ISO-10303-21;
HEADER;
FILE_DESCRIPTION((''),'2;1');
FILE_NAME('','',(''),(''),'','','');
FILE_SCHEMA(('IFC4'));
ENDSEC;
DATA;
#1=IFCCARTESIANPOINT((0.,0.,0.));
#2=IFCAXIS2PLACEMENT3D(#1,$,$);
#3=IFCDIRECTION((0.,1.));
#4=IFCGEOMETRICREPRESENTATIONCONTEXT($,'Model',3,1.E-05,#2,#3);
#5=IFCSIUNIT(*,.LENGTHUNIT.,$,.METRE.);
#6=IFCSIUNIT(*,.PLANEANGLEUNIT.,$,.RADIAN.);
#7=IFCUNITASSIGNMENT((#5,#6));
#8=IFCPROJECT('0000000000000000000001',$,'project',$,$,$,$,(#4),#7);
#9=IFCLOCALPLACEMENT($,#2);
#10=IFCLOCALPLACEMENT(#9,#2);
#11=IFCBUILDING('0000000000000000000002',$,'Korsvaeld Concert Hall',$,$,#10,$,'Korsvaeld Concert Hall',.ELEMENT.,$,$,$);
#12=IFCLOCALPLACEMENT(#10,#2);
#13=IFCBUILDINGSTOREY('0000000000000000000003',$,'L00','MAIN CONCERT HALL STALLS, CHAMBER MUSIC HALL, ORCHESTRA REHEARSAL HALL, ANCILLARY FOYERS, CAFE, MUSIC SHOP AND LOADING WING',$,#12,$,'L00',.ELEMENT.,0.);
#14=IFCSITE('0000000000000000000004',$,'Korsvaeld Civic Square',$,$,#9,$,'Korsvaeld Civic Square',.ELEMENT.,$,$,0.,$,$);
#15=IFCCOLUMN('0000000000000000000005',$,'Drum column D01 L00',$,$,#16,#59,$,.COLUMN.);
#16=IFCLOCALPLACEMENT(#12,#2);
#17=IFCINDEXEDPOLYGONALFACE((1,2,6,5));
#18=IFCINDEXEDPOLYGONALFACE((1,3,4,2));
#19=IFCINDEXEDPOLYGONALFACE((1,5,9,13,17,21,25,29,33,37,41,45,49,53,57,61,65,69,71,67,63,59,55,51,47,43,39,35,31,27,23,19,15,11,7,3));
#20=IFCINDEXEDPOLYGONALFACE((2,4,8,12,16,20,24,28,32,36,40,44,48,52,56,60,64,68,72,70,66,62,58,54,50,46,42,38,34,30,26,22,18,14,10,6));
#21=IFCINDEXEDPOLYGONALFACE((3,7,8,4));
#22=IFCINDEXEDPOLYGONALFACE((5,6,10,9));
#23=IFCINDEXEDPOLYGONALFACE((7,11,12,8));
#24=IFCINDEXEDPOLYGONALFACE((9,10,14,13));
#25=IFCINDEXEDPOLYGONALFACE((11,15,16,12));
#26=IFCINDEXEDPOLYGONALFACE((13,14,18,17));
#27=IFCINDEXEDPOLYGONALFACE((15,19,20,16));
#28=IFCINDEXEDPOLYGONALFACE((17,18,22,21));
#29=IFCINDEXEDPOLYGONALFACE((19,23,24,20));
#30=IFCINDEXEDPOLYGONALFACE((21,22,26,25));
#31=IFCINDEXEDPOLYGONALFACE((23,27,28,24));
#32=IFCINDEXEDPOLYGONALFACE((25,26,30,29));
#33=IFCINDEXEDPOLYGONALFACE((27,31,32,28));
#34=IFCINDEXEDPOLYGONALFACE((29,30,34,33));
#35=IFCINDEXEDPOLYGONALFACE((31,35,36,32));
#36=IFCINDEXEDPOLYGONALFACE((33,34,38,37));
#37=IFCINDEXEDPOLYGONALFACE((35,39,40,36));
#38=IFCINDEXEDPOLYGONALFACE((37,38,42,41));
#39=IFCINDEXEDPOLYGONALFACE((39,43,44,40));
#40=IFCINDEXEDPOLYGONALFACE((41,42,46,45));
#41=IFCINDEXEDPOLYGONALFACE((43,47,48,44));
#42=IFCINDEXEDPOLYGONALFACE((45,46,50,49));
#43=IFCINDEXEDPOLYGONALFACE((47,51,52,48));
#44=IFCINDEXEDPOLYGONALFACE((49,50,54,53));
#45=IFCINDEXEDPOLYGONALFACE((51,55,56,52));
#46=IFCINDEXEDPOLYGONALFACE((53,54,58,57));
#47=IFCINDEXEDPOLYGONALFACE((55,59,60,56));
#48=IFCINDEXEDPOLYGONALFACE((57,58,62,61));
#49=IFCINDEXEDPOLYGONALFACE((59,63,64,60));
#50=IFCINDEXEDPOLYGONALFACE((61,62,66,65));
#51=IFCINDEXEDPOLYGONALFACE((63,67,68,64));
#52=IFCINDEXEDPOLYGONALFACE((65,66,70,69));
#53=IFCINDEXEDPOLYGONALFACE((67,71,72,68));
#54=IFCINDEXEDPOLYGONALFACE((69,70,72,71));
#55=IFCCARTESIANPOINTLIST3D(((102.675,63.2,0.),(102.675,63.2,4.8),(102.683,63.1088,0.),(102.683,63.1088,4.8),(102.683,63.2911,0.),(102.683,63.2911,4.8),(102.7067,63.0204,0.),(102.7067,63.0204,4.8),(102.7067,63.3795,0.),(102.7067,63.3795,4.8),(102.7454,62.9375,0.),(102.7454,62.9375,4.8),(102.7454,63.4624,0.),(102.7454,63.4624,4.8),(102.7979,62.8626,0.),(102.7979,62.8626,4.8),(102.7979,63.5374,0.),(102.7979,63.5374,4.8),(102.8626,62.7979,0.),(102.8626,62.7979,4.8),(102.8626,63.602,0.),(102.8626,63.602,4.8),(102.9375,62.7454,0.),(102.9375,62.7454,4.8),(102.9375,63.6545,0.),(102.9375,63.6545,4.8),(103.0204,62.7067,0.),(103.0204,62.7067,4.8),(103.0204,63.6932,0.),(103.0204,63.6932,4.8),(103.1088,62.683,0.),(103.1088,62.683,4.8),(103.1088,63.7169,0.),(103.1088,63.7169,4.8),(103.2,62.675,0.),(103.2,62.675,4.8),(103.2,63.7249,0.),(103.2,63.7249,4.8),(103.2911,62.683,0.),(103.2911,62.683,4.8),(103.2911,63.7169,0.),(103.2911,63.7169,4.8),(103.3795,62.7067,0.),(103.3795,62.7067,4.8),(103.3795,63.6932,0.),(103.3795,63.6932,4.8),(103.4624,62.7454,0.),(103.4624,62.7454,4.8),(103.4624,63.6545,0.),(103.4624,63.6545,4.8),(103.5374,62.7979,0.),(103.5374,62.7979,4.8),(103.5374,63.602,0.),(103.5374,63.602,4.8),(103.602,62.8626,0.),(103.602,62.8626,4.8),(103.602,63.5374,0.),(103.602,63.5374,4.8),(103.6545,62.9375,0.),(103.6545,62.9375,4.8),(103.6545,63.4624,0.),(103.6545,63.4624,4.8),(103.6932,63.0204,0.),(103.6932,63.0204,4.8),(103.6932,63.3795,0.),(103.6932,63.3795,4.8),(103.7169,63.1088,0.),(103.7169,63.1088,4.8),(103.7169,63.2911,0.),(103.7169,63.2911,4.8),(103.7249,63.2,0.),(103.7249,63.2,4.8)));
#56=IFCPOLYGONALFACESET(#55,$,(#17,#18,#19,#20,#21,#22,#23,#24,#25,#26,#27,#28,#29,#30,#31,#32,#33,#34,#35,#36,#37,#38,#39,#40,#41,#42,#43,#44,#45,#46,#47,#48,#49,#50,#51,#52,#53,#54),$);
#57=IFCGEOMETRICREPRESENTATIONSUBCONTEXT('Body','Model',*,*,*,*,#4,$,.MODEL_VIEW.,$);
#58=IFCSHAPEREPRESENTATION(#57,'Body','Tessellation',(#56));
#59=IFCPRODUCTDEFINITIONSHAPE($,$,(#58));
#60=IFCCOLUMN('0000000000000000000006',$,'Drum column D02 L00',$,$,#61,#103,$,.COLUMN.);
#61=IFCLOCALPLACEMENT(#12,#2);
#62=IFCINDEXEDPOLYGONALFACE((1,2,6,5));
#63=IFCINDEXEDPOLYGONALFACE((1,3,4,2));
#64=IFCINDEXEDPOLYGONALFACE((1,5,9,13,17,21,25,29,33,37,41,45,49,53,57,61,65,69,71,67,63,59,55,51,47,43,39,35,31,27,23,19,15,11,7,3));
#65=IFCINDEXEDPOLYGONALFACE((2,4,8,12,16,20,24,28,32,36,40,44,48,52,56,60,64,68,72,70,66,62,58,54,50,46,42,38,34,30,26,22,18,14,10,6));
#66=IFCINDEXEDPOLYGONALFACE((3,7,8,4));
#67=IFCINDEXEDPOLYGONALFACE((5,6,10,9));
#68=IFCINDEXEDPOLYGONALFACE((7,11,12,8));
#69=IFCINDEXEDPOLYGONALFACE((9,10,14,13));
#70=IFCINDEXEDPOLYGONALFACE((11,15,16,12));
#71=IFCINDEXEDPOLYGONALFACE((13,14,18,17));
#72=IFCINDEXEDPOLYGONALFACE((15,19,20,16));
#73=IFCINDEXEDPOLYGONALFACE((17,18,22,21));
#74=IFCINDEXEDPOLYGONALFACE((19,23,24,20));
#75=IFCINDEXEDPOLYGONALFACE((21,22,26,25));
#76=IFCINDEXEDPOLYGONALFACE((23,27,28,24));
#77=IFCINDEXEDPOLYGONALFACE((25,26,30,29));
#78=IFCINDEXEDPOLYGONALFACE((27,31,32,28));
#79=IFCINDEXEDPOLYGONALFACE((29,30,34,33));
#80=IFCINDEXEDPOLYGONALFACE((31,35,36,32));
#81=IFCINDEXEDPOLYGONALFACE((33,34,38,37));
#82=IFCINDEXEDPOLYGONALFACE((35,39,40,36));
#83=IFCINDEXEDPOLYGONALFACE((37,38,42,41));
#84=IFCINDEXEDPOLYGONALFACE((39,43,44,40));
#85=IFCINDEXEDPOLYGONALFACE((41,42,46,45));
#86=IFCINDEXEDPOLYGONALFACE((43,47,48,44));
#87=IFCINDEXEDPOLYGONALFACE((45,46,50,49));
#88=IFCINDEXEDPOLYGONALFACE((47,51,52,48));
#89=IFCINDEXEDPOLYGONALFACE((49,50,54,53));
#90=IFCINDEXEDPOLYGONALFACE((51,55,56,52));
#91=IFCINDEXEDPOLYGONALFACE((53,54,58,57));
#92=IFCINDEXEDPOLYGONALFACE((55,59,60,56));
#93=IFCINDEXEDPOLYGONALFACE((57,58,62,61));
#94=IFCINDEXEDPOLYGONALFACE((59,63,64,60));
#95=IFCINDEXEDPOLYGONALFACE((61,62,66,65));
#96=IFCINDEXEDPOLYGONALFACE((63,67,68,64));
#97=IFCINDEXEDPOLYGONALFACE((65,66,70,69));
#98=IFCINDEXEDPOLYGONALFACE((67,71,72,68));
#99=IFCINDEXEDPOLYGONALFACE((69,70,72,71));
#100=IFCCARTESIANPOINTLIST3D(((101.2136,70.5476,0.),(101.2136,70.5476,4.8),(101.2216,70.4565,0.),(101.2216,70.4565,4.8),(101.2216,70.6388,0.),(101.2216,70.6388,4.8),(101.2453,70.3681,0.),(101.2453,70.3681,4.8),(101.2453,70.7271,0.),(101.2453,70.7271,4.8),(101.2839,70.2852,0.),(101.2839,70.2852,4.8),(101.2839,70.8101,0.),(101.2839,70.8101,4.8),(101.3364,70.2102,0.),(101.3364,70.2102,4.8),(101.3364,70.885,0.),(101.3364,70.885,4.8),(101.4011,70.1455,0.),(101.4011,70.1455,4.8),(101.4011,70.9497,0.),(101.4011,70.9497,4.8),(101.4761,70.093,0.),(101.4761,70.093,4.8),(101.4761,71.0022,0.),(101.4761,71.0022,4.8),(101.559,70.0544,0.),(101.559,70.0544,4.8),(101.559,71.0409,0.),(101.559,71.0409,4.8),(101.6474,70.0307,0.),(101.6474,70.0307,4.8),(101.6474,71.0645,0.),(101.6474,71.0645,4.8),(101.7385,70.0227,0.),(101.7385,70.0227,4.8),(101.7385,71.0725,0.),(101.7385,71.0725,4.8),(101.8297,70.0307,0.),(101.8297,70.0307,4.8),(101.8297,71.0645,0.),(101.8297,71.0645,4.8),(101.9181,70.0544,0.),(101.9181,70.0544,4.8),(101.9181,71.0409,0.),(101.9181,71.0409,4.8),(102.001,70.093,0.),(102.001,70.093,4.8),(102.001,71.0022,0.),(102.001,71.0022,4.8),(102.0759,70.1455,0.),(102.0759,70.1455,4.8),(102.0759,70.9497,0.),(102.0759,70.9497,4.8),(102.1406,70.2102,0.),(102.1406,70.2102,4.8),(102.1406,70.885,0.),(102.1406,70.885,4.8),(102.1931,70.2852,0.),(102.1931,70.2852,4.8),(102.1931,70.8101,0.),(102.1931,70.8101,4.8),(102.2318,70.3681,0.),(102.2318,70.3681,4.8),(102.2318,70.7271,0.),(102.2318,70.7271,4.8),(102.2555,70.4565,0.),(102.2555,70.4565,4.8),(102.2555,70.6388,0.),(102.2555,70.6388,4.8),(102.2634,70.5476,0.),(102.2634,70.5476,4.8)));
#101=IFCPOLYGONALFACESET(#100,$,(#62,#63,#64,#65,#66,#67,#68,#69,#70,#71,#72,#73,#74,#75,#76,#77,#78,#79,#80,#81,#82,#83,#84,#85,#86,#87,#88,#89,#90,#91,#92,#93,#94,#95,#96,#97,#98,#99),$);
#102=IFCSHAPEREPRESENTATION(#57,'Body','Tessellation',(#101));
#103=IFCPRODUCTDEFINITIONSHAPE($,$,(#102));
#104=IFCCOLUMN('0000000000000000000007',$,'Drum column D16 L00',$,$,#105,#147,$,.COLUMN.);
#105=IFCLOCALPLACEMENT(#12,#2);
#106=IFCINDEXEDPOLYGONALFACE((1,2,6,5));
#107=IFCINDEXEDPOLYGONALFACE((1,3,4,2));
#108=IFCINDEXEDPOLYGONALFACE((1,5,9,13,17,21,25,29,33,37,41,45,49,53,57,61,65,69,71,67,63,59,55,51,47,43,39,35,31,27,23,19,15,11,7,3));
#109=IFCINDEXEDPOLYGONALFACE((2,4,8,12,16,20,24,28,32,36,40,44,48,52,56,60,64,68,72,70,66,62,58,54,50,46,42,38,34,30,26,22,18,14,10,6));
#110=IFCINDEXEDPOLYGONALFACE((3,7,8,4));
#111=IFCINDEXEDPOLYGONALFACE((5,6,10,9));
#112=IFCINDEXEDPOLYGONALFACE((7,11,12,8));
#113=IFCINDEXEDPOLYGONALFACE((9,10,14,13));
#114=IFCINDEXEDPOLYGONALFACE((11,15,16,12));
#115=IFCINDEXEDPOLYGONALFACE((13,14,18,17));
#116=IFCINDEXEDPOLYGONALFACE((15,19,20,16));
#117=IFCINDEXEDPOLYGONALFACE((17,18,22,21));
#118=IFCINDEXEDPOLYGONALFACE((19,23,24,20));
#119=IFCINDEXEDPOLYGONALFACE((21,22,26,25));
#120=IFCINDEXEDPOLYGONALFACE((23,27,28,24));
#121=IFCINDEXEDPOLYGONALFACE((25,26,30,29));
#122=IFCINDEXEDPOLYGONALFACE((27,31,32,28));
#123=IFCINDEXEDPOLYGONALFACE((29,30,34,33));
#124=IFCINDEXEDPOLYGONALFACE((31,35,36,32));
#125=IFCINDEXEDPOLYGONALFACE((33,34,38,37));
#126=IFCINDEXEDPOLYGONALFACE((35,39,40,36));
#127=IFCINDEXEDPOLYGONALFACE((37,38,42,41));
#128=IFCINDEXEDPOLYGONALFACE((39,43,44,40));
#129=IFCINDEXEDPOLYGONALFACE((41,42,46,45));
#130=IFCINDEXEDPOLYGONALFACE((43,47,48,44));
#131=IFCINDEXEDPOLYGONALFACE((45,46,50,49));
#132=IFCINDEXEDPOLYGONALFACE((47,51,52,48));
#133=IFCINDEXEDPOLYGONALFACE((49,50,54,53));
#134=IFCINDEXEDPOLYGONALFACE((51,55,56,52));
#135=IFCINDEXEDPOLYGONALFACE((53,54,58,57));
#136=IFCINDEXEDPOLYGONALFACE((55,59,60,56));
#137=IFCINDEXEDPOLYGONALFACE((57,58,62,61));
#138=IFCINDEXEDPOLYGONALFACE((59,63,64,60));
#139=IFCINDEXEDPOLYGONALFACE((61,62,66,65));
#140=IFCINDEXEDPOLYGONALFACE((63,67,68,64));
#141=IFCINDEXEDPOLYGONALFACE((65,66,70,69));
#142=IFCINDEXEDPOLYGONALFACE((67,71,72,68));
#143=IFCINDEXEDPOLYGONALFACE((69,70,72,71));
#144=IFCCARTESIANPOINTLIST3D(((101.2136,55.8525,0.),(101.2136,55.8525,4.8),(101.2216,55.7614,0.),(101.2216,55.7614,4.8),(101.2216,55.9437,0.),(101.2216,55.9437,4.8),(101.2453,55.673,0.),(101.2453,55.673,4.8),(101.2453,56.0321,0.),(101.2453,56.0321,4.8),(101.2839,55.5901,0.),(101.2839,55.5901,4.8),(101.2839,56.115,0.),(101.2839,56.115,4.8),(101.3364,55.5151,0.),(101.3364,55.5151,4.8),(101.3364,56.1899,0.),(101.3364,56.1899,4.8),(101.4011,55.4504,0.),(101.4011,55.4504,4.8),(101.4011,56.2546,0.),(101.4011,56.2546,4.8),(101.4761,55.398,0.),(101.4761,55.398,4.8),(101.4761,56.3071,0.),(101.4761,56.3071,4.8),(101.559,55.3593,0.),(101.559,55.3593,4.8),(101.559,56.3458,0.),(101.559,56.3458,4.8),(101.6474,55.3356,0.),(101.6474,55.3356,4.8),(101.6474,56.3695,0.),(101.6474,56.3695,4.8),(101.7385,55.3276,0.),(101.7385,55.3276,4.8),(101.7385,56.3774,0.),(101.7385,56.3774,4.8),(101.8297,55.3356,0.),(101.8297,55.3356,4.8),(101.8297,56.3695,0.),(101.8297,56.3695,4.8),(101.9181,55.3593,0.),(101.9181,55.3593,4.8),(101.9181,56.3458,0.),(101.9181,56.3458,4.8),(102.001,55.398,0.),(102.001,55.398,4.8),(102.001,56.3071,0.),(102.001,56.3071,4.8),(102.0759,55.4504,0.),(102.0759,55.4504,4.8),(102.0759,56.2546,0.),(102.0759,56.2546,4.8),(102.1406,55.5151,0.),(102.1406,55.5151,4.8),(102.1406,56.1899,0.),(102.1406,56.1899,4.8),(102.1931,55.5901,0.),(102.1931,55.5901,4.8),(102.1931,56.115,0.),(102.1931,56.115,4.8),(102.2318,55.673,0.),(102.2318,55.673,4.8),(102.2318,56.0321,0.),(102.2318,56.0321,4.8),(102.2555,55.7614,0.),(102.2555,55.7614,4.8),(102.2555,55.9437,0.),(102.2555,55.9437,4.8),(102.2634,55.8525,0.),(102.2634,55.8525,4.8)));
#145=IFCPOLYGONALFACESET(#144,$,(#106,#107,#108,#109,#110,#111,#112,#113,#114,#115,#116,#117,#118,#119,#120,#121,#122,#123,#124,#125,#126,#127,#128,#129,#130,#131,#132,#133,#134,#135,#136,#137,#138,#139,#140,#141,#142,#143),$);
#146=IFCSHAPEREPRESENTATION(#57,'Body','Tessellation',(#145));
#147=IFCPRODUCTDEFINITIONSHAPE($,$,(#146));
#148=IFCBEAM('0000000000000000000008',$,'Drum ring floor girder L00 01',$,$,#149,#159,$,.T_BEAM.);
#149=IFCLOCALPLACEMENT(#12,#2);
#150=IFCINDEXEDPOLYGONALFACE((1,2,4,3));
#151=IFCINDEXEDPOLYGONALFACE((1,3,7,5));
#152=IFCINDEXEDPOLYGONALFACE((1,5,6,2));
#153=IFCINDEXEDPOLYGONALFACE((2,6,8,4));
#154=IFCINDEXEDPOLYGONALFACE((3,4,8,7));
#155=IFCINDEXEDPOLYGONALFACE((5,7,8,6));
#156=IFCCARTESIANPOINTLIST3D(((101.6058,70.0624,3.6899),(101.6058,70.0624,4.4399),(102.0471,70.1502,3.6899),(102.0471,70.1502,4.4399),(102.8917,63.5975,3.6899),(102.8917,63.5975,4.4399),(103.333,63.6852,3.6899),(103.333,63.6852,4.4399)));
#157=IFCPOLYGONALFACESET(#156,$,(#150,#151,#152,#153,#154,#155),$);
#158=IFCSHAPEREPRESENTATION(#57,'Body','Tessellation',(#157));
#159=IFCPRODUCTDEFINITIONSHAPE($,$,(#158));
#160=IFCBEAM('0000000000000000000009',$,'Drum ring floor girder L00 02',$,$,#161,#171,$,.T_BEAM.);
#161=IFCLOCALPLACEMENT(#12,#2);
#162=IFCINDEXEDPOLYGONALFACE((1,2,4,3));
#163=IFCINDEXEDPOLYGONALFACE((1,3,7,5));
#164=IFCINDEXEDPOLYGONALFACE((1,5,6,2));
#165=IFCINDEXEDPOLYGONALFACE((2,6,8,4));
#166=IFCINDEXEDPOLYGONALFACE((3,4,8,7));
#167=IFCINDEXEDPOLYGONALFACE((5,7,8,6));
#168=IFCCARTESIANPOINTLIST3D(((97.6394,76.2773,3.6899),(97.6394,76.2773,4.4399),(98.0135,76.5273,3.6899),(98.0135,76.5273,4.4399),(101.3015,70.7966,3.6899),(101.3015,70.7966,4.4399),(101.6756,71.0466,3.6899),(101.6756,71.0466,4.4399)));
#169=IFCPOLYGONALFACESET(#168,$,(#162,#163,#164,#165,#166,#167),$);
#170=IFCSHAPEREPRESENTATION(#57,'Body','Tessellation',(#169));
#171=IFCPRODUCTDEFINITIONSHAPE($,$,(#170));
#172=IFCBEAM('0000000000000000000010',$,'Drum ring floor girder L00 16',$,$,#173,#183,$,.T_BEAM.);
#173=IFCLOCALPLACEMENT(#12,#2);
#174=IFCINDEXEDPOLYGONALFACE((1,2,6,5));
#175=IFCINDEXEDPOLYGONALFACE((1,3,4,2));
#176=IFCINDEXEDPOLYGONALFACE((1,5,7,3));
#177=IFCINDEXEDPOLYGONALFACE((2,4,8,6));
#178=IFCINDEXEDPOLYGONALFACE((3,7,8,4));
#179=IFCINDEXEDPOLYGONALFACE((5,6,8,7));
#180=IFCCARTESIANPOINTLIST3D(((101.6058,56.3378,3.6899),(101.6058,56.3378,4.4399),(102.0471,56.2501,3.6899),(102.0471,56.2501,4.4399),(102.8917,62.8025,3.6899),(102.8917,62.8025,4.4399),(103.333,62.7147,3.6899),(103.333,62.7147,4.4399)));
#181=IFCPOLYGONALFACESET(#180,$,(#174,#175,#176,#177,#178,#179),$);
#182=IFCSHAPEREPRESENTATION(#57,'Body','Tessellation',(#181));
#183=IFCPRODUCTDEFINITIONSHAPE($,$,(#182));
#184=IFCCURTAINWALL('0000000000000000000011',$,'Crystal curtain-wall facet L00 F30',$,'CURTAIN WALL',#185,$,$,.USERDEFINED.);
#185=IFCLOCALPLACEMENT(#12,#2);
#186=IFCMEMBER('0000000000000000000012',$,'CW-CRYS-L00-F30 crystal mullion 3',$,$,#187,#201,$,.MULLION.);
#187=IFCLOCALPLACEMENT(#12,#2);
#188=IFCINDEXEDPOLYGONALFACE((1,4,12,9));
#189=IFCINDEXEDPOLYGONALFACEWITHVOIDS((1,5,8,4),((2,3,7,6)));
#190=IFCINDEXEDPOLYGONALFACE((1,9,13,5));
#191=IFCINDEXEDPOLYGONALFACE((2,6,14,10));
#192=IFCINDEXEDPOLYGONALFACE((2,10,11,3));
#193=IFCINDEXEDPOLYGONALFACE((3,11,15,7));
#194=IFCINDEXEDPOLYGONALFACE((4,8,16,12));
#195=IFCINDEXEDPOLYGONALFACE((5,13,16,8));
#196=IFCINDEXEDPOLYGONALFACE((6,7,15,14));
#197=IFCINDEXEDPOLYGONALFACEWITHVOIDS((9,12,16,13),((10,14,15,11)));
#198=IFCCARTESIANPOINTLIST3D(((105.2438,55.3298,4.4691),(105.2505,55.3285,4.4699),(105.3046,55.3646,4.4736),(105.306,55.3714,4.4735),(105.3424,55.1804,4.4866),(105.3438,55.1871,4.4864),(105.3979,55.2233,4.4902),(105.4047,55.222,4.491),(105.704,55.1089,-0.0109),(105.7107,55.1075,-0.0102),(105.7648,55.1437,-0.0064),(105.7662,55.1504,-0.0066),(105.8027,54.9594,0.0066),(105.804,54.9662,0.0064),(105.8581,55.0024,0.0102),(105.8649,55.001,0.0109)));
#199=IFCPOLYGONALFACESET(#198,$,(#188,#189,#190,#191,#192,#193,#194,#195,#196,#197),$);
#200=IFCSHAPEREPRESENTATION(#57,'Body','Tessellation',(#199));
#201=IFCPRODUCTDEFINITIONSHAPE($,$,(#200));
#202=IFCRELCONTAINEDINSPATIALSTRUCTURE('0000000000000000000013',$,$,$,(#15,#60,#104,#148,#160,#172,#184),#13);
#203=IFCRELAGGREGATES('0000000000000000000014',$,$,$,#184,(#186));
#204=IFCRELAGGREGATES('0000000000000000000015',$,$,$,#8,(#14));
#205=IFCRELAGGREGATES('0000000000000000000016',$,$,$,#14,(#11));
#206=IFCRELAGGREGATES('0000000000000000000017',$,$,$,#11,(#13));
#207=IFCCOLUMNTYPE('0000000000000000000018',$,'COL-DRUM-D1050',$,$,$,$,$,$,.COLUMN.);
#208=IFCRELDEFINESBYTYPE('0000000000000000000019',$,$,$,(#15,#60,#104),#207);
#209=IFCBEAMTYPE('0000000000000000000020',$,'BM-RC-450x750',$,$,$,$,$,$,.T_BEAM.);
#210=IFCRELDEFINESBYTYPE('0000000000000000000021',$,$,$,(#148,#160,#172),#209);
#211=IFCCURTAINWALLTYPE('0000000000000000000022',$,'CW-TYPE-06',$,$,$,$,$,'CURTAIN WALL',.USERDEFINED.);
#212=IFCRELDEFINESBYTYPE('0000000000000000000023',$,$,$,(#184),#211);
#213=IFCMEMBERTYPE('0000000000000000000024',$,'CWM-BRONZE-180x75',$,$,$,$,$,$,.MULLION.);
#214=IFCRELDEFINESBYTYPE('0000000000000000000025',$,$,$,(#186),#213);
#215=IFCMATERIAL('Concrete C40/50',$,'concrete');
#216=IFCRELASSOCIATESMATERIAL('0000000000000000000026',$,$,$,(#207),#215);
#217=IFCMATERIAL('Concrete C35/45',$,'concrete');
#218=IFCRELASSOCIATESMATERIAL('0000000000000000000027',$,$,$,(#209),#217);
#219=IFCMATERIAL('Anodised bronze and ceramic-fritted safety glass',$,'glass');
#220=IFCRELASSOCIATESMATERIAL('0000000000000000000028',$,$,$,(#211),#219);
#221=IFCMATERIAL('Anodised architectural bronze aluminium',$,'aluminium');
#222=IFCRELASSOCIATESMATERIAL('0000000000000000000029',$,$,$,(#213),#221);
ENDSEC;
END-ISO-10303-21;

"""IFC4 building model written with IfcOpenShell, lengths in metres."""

from ifc_helpers import new_model, si_unit, direction, frame, origin, origin_2d, place, context, subcontext, project, spatial, rectangle, hollow_rectangle, circle, extrude, material, material_profile, profile_set, type_object, element, aggregate, save


model = new_model("IFC4")

# Units and contexts
model_context = context("Model", 3, precision=1e-05, world=origin(), true_north=direction((0.0, 1.0)))
body_context = subcontext(model_context, "Body", "Model", "MODEL_VIEW")
ifc_project = project(units=[si_unit("LENGTHUNIT", "METRE"), si_unit("PLANEANGLEUNIT", "RADIAN")], contexts=[model_context])

# Site, building, storey
site_placement = place(None, origin())
site = spatial("IfcSite", under=ifc_project, at=site_placement, Name="Korsvaeld Civic Square", LongName="Korsvaeld Civic Square", CompositionType="ELEMENT", RefElevation=0.0)
building_placement = place(site_placement, origin())
building = spatial("IfcBuilding", under=site, at=building_placement, Name="Korsvaeld Concert Hall", LongName="Korsvaeld Concert Hall", CompositionType="ELEMENT")
storey_placement = place(building_placement, origin())
storey = spatial("IfcBuildingStorey", under=building, at=storey_placement, Name="L00", Description="MAIN CONCERT HALL STALLS, CHAMBER MUSIC HALL, ORCHESTRA REHEARSAL HALL, ANCILLARY FOYERS, CAFE, MUSIC SHOP AND LOADING WING", LongName="L00", CompositionType="ELEMENT", Elevation=0.0)

# Columns
ifc_material_1 = material(Name="Concrete C40/50", Category="concrete")
ifc_material_profile_1 = material_profile(ifc_material_1, circle(Radius=0.5249, at=origin_2d()), Name="RC D1050")
ifc_profile_set_1 = profile_set([ifc_material_profile_1], Name="Concrete C40/50")
column_type = type_object("IfcColumnType", Name="COL-DRUM-D1050", PredefinedType="COLUMN", material=ifc_profile_set_1)
for number, where, z_axis, x_axis, name in (
    (1, (103.2, 63.2, 0.0), (0.0, 0.0, 1.0), (1.0, 0.0, 0.0), "Drum column D01 L00"),
    (2, (101.7385, 70.5476, 0.0), (0.0, 0.0, 1.0), (1.0, 0.0, 0.0), "Drum column D02 L00"),
    (3, (101.7385, 55.8525, 0.0), (0.0, 0.0, 1.0), (1.0, 0.0, 0.0), "Drum column D16 L00"),
):
    element("IfcColumn", number, at=place(storey_placement, frame(where, z_axis=z_axis, x_axis=x_axis)), inside=storey, type_object=column_type, Name=name, PredefinedType="COLUMN", context=body_context, shape_type="SweptSolid", body=[
        extrude(circle(Radius=0.5249, at=origin_2d()), origin(), (0.0, 0.0, 1.0), 4.8),
    ])

# Beams
ifc_material_2 = material(Name="Concrete C35/45", Category="concrete")
ifc_material_profile_2 = material_profile(ifc_material_2, rectangle(XDim=0.45, YDim=0.75, at=origin_2d()), Name="RC 450x750")
ifc_profile_set_2 = profile_set([ifc_material_profile_2], Name="Concrete C35/45")
beam_type = type_object("IfcBeamType", Name="BM-RC-450x750", PredefinedType="T_BEAM", material=ifc_profile_set_2)
for number, where, z_axis, x_axis, name in (
    (4, (103.1123, 63.6414, 4.0649), (-0.195083, 0.980787, 0.0), (-0.980787, -0.195083, 0.0), "Drum ring floor girder L00 01"),
    (5, (101.4885, 70.9216, 4.0649), (-0.555572, 0.831469, 0.0), (-0.831469, -0.555572, 0.0), "Drum ring floor girder L00 02"),
):
    element("IfcBeam", number, at=place(storey_placement, frame(where, z_axis=z_axis, x_axis=x_axis)), inside=storey, type_object=beam_type, Name=name, PredefinedType="T_BEAM", context=body_context, shape_type="SweptSolid", body=[
        extrude(rectangle(XDim=0.45, YDim=0.75, at=origin_2d()), origin(), (0.0, 0.0, 1.0), 6.5916),
    ])
beam_placement = place(storey_placement, frame((101.8264, 56.2939, 4.0649), z_axis=(0.19509, 0.980785, 0.0), x_axis=(-0.980785, 0.19509, 0.0)))
element("IfcBeam", 6, at=beam_placement, inside=storey, type_object=beam_type, Name="Drum ring floor girder L00 16", PredefinedType="T_BEAM", context=body_context, shape_type="SweptSolid", body=[
    extrude(rectangle(XDim=0.45, YDim=0.75, at=origin_2d()), origin(), (0.0, 0.0, 1.0), 6.5913),
])

# Curtain wall, member
ifc_material_3 = material(Name="Anodised bronze and ceramic-fritted safety glass", Category="glass")
curtain_wall_type_1 = type_object("IfcCurtainWallType", Name="CW-TYPE-06", ElementType="CURTAIN WALL", PredefinedType="USERDEFINED", material=ifc_material_3)
curtain_wall_1_placement = place(storey_placement, origin())
curtain_wall_1 = element("IfcCurtainWall", 7, at=curtain_wall_1_placement, inside=storey, type_object=curtain_wall_type_1, Name="Crystal curtain-wall facet L00 F30", ObjectType="CURTAIN WALL", PredefinedType="USERDEFINED")
ifc_material_4 = material(Name="Anodised architectural bronze aluminium", Category="aluminium")
ifc_material_profile_3 = material_profile(ifc_material_4, hollow_rectangle(XDim=0.075, YDim=0.1799, WallThickness=0.0049, at=origin_2d()), Name="CWM 180x75x5")
ifc_profile_set_3 = profile_set([ifc_material_profile_3], Name="Anodised architectural bronze aluminium")
member_type_1 = type_object("IfcMemberType", Name="CWM-BRONZE-180x75", PredefinedType="MULLION", material=ifc_profile_set_3)
member_1_placement = place(storey_placement, frame((105.7844, 55.0549, 0.0), z_axis=(-0.102064, 0.049002, 0.99357), x_axis=(0.829955, 0.554817, 0.057894)))
member_1 = element("IfcMember", 8, at=member_1_placement, type_object=member_type_1, Name="CW-CRYS-L00-F30 crystal mullion 3", PredefinedType="MULLION", context=body_context, shape_type="SweptSolid", body=[
    extrude(hollow_rectangle(XDim=0.075, YDim=0.1799, WallThickness=0.0049, at=origin_2d()), origin(), (0.0, 0.0, 1.0), 4.509),
])

aggregate(curtain_wall_1, [member_1])

save(model, "model.ifc")
